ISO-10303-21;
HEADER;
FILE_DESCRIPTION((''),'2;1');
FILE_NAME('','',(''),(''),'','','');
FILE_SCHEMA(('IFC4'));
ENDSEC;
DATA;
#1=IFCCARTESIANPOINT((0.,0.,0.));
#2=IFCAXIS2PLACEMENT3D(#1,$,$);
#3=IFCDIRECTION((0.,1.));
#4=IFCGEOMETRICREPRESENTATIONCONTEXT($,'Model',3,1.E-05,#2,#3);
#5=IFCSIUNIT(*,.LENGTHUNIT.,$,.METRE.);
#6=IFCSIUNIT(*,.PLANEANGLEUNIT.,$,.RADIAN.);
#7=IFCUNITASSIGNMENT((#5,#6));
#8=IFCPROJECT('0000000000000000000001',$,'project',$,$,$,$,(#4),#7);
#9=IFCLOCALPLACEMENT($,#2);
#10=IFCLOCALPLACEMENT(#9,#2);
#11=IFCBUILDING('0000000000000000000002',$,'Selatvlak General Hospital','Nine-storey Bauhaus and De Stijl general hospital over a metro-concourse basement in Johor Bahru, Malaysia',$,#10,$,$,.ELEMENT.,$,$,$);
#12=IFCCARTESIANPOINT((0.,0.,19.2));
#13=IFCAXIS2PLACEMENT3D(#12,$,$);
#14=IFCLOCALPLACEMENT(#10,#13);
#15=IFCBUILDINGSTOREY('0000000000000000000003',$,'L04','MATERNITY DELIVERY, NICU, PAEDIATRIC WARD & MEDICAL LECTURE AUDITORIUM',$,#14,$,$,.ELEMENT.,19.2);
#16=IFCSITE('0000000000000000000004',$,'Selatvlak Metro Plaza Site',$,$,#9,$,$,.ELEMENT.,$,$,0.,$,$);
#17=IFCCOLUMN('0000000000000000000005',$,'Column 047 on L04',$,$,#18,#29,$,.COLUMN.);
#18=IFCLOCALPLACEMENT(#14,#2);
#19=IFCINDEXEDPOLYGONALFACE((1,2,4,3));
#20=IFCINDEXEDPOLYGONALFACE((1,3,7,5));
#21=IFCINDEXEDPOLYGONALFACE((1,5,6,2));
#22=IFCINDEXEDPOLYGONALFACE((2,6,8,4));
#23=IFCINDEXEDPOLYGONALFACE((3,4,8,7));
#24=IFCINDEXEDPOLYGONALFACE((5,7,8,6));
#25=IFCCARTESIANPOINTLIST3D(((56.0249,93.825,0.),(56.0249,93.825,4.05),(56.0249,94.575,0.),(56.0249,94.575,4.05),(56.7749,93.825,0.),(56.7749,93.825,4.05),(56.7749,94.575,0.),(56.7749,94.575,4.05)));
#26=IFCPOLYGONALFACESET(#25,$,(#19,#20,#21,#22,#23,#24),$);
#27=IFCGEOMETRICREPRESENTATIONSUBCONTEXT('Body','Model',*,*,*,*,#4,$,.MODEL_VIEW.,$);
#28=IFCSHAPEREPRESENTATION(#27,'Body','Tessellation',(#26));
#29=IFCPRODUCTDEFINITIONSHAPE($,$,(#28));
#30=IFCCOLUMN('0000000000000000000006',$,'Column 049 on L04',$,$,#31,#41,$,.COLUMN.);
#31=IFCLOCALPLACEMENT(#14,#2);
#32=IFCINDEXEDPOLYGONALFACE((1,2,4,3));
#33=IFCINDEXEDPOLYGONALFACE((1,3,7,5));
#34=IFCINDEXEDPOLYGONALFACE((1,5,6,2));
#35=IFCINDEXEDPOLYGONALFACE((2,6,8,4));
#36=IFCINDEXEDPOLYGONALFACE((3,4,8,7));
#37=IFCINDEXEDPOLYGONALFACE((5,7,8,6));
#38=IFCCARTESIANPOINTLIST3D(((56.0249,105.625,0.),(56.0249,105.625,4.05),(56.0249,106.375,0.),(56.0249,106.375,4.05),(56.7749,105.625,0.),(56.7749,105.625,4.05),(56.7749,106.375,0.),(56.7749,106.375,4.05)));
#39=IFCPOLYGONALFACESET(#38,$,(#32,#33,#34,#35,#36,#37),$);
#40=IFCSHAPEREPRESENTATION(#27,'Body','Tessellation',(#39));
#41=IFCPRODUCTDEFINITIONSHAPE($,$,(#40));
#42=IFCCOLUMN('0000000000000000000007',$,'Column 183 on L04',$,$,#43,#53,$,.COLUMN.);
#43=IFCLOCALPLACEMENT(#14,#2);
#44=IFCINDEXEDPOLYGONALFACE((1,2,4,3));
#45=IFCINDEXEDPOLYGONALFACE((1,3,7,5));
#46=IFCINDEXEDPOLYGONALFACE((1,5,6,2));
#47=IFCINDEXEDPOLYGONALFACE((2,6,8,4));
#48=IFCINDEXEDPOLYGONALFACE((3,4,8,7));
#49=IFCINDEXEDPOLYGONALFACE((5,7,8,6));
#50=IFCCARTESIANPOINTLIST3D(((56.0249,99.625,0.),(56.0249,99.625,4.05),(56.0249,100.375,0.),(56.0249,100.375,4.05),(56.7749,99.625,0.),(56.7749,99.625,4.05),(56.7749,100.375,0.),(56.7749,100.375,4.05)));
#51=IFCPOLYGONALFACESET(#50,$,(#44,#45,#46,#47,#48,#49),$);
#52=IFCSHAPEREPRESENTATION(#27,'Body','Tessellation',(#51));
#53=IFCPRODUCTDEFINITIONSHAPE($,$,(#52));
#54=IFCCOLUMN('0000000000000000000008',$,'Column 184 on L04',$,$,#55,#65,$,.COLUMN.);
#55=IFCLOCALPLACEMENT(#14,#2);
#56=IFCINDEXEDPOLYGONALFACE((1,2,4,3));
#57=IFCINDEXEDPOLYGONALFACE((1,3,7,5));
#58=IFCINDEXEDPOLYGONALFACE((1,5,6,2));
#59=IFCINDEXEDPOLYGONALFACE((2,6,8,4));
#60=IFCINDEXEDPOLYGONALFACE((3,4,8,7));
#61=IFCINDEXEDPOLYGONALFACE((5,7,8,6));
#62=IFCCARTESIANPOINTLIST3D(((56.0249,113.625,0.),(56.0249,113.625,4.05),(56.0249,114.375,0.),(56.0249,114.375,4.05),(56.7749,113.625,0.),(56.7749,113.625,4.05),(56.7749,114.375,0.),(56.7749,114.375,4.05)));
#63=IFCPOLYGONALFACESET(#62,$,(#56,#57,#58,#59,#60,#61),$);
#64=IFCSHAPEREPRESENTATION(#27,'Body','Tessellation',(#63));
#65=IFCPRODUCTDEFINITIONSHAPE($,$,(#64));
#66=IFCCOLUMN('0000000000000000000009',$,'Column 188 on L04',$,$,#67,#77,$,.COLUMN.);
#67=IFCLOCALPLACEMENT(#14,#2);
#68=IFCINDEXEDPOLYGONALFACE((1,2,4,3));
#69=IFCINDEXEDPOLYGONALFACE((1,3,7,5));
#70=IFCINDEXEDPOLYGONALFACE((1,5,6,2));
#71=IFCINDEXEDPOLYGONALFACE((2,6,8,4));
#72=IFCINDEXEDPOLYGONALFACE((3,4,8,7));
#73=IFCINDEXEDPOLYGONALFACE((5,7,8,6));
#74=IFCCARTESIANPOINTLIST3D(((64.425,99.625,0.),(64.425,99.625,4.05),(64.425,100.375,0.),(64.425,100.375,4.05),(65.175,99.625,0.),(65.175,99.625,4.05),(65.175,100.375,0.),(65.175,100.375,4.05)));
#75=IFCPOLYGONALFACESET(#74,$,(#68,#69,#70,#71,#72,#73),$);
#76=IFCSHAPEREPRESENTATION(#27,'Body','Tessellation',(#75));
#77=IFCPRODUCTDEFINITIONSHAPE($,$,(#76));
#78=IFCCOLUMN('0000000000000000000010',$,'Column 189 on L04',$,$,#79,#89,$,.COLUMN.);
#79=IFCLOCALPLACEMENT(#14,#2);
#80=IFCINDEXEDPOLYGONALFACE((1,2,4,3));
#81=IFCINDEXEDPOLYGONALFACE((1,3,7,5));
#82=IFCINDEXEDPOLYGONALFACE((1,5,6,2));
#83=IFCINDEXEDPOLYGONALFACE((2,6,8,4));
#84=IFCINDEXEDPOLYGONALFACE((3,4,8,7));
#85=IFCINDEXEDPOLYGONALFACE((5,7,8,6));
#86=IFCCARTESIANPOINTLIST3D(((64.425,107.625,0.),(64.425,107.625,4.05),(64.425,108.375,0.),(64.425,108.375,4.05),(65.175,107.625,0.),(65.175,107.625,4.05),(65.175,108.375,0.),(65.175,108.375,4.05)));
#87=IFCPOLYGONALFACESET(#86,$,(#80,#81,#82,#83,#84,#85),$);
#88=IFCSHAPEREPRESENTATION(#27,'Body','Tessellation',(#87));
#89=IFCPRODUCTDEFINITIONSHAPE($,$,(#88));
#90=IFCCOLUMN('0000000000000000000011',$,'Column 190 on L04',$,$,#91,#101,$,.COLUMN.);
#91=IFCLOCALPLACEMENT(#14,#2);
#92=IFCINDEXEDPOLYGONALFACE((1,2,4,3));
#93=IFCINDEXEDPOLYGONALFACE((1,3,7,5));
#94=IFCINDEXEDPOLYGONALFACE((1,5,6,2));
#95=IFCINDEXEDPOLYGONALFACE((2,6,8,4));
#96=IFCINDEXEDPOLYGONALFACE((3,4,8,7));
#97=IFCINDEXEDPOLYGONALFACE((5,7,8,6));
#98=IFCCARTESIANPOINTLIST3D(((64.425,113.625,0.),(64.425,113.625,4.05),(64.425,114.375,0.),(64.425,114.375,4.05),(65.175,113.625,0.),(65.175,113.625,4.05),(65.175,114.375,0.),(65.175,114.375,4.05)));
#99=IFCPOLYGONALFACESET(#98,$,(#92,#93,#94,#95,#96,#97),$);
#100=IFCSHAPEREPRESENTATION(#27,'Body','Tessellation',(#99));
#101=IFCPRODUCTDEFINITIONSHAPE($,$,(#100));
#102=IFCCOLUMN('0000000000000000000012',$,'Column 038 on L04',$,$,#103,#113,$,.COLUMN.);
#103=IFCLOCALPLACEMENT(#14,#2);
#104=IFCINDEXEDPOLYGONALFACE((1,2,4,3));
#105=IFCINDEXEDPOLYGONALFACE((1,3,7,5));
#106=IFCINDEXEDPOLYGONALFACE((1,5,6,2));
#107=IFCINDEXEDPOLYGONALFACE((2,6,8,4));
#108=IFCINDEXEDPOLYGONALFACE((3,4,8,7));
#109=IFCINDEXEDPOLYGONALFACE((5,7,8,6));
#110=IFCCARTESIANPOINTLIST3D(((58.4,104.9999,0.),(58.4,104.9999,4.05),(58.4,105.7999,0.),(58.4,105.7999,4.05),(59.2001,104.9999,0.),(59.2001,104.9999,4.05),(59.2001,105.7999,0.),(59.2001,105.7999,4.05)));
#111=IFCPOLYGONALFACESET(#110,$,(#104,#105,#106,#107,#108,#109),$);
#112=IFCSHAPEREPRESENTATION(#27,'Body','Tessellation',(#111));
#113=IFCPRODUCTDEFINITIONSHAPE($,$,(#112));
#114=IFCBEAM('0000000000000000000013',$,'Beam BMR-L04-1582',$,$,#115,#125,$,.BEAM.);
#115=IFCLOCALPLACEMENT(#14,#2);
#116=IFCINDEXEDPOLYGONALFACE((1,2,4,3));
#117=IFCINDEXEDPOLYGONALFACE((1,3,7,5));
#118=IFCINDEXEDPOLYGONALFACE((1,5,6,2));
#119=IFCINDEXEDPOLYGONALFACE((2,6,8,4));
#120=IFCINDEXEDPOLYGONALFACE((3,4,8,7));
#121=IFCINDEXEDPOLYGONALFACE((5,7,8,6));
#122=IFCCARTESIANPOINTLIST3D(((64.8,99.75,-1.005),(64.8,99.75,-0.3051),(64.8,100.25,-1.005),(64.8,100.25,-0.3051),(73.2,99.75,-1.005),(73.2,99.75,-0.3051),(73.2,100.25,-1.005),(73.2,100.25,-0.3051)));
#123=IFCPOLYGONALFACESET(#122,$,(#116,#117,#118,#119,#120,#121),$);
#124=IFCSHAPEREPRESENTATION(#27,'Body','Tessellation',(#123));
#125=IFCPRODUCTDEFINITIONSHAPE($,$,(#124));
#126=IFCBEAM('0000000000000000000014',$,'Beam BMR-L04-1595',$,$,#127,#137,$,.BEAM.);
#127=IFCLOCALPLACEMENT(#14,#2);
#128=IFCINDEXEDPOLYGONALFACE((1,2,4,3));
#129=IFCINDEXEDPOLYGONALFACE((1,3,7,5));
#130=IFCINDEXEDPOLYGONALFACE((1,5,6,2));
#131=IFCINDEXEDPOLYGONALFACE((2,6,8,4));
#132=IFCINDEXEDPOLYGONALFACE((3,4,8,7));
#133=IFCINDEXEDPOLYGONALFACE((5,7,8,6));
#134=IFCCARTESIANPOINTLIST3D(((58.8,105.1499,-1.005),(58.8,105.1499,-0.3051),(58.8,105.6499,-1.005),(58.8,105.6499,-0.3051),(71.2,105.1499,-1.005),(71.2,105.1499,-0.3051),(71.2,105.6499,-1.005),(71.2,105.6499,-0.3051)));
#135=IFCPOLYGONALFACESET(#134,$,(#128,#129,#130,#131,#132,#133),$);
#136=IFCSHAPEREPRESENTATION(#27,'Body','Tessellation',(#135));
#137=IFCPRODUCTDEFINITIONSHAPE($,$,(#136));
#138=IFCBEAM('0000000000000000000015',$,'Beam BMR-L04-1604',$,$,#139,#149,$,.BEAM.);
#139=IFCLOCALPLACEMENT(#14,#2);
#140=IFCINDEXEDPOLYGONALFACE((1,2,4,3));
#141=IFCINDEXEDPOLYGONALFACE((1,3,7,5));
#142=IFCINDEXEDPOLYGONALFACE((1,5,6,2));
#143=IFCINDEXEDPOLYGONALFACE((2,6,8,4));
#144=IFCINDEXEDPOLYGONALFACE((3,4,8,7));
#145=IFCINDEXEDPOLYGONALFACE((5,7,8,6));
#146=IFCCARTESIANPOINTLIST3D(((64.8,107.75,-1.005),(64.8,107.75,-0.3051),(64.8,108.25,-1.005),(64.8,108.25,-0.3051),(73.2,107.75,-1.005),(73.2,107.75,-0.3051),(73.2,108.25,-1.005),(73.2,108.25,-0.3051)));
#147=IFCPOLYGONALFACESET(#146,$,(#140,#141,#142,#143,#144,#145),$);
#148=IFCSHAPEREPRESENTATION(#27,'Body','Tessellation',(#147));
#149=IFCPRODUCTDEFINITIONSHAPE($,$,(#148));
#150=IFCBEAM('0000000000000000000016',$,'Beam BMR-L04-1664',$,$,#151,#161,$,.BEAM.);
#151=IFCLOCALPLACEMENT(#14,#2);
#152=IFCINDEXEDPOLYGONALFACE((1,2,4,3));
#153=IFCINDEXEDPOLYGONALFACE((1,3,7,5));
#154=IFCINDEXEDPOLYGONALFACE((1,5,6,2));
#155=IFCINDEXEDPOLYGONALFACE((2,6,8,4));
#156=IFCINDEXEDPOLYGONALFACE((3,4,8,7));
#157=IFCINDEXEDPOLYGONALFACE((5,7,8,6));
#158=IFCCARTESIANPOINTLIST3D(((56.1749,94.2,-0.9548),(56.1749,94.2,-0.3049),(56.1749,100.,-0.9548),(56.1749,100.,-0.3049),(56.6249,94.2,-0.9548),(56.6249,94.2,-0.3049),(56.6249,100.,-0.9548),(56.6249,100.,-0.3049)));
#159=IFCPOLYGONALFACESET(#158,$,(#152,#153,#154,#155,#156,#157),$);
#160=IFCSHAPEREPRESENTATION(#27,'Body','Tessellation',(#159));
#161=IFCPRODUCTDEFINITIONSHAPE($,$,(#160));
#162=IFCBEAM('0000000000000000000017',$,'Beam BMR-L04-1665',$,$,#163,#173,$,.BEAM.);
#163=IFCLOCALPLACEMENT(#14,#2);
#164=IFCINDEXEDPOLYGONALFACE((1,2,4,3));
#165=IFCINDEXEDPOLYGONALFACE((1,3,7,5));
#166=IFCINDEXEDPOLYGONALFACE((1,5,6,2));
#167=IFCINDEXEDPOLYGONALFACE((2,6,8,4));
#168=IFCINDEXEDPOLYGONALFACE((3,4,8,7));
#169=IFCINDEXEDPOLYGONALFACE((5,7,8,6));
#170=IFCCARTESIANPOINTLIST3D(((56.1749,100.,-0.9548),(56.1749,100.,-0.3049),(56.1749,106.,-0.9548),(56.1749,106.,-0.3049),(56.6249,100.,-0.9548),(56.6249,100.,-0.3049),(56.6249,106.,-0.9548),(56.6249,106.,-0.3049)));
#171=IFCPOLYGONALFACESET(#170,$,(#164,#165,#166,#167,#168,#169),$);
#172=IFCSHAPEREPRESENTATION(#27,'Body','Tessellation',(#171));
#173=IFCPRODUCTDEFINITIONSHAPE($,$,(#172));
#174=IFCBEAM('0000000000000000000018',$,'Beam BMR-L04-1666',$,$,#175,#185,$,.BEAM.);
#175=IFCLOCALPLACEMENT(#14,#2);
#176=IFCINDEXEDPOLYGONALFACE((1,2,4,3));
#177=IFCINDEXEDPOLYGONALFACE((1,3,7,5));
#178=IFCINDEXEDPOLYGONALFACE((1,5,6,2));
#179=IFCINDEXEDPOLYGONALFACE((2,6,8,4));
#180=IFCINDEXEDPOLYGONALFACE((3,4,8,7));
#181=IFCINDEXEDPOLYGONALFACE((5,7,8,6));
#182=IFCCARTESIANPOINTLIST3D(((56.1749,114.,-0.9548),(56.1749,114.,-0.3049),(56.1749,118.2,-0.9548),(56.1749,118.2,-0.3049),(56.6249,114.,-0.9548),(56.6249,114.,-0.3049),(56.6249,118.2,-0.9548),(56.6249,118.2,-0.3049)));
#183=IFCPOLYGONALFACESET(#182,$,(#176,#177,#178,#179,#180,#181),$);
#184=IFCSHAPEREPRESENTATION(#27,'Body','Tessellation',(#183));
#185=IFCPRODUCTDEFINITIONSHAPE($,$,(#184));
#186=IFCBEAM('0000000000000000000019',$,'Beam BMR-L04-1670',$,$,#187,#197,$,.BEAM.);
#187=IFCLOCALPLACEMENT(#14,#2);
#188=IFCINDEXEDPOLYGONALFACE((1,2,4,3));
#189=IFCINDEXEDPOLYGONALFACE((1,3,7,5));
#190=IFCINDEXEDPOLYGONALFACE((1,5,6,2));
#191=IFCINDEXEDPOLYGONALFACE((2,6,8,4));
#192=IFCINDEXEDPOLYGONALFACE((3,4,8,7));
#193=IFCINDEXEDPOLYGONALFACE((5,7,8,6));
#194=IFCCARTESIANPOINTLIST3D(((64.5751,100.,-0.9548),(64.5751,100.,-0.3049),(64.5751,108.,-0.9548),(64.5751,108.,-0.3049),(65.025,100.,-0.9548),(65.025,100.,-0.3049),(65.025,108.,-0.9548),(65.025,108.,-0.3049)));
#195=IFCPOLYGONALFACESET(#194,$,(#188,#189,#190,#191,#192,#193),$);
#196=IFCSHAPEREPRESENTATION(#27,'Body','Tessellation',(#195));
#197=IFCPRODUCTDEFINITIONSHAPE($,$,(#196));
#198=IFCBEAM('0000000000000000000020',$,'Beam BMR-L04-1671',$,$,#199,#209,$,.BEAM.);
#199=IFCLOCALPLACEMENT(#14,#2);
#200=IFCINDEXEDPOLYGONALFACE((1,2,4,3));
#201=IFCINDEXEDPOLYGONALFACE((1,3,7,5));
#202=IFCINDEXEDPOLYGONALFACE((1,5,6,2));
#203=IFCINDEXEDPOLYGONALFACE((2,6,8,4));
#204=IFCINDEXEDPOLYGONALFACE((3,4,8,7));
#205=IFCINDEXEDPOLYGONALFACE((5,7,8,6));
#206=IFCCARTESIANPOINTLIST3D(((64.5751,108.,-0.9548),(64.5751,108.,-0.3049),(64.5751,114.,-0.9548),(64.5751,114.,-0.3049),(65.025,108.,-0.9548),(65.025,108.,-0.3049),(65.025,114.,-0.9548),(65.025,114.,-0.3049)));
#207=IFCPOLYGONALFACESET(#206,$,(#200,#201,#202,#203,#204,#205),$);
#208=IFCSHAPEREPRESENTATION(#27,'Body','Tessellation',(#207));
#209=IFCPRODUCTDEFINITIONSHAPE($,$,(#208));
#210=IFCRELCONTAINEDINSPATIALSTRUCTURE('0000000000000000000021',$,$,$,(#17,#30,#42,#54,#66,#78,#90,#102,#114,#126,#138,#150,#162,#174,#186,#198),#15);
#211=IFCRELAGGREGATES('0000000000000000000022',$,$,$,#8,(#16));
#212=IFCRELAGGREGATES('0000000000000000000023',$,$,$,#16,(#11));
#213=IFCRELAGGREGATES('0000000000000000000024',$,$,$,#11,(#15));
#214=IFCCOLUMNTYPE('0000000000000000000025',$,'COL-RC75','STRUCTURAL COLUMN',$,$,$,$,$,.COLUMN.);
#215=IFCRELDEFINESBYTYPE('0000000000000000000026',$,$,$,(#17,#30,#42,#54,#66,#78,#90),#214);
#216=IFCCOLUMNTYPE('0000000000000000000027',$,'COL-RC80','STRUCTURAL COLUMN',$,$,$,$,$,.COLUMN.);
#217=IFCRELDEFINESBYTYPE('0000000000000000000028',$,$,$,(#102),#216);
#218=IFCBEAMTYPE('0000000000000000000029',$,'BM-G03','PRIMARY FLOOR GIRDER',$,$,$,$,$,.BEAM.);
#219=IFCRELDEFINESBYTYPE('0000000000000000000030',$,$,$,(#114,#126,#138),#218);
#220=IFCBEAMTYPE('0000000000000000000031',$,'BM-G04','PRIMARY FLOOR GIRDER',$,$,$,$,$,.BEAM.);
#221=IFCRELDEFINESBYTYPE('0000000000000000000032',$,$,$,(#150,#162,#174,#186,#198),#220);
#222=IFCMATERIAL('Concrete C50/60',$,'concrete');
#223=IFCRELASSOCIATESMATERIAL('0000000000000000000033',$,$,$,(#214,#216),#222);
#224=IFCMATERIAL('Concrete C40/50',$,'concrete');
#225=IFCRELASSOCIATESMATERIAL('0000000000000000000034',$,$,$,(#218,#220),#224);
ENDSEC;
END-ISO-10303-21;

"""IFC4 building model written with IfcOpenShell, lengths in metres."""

from ifc_helpers import new_model, si_unit, direction, frame, origin, origin_2d, place, context, subcontext, project, spatial, rectangle, extrude, material, material_profile, profile_set, type_object, element, save


model = new_model("IFC4")

# Units and contexts
model_context = context("Model", 3, precision=1e-05, world=origin(), true_north=direction((0.0, 1.0)))
body_context = subcontext(model_context, "Body", "Model", "MODEL_VIEW")
ifc_project = project(units=[si_unit("LENGTHUNIT", "METRE"), si_unit("PLANEANGLEUNIT", "RADIAN")], contexts=[model_context])

# Site, building, storey
site_placement = place(None, origin())
site = spatial("IfcSite", under=ifc_project, at=site_placement, Name="Selatvlak Metro Plaza Site", CompositionType="ELEMENT", RefElevation=0.0)
building_placement = place(site_placement, origin())
building = spatial("IfcBuilding", under=site, at=building_placement, Name="Selatvlak General Hospital", Description="Nine-storey Bauhaus and De Stijl general hospital over a metro-concourse basement in Johor Bahru, Malaysia", CompositionType="ELEMENT")
storey_placement = place(building_placement, frame((0.0, 0.0, 19.2)))
storey = spatial("IfcBuildingStorey", under=building, at=storey_placement, Name="L04", Description="MATERNITY DELIVERY, NICU, PAEDIATRIC WARD & MEDICAL LECTURE AUDITORIUM", CompositionType="ELEMENT", Elevation=19.2)

# Columns
ifc_material_1 = material(Name="Concrete C50/60", Category="concrete")
ifc_material_profile_1 = material_profile(ifc_material_1, rectangle(XDim=0.75, YDim=0.75, at=origin_2d()), Name="RC-COL 750x750")
ifc_profile_set_1 = profile_set([ifc_material_profile_1], Name="Concrete C50/60")
column_type_1 = type_object("IfcColumnType", Name="COL-RC75", Description="STRUCTURAL COLUMN", PredefinedType="COLUMN", material=ifc_profile_set_1)
for number, where, z_axis, x_axis, name in (
    (1, (56.3999, 94.2, 0.0), (0.0, 0.0, 1.0), (1.0, 0.0, 0.0), "Column 047 on L04"),
    (2, (56.3999, 106.0, 0.0), (0.0, 0.0, 1.0), (1.0, 0.0, 0.0), "Column 049 on L04"),
    (3, (56.3999, 100.0, 0.0), (0.0, 0.0, 1.0), (1.0, 0.0, 0.0), "Column 183 on L04"),
    (4, (56.3999, 114.0, 0.0), (0.0, 0.0, 1.0), (1.0, 0.0, 0.0), "Column 184 on L04"),
    (5, (64.8, 100.0, 0.0), (0.0, 0.0, 1.0), (1.0, 0.0, 0.0), "Column 188 on L04"),
    (6, (64.8, 108.0, 0.0), (0.0, 0.0, 1.0), (1.0, 0.0, 0.0), "Column 189 on L04"),
    (7, (64.8, 114.0, 0.0), (0.0, 0.0, 1.0), (1.0, 0.0, 0.0), "Column 190 on L04"),
):
    element("IfcColumn", number, at=place(storey_placement, frame(where, z_axis=z_axis, x_axis=x_axis)), inside=storey, type_object=column_type_1, Name=name, PredefinedType="COLUMN", context=body_context, shape_type="SweptSolid", body=[
        extrude(rectangle(XDim=0.75, YDim=0.75, at=origin_2d()), origin(), (0.0, 0.0, 1.0), 4.05),
    ])
ifc_material_profile_2 = material_profile(ifc_material_1, rectangle(XDim=0.8, YDim=0.8, at=origin_2d()), Name="RC-COL 800x800")
ifc_profile_set_2 = profile_set([ifc_material_profile_2], Name="Concrete C50/60")
column_type_2 = type_object("IfcColumnType", Name="COL-RC80", Description="STRUCTURAL COLUMN", PredefinedType="COLUMN", material=ifc_profile_set_2)
column_placement = place(storey_placement, frame((58.8, 105.3999, 0.0), z_axis=(0.0, 0.0, 1.0), x_axis=(1.0, 0.0, 0.0)))
element("IfcColumn", 8, at=column_placement, inside=storey, type_object=column_type_2, Name="Column 038 on L04", PredefinedType="COLUMN", context=body_context, shape_type="SweptSolid", body=[
    extrude(rectangle(XDim=0.8, YDim=0.8, at=origin_2d()), origin(), (0.0, 0.0, 1.0), 4.05),
])

# Beams
ifc_material_2 = material(Name="Concrete C40/50", Category="concrete")
ifc_material_profile_3 = material_profile(ifc_material_2, rectangle(XDim=0.5, YDim=0.7, at=origin_2d()), Name="RC-BM 500x700")
ifc_profile_set_3 = profile_set([ifc_material_profile_3], Name="Concrete C40/50")
beam_type_1 = type_object("IfcBeamType", Name="BM-G03", Description="PRIMARY FLOOR GIRDER", PredefinedType="BEAM", material=ifc_profile_set_3)
beam_1_placement = place(storey_placement, frame((64.8, 100.0, -0.655), z_axis=(1.0, 0.0, 0.0), x_axis=(0.0, 1.0, 0.0)))
element("IfcBeam", 9, at=beam_1_placement, inside=storey, type_object=beam_type_1, Name="Beam BMR-L04-1582", PredefinedType="BEAM", context=body_context, shape_type="SweptSolid", body=[
    extrude(rectangle(XDim=0.5, YDim=0.7, at=origin_2d()), origin(), (0.0, 0.0, 1.0), 8.3999),
])
beam_2_placement = place(storey_placement, frame((58.8, 105.3999, -0.655), z_axis=(1.0, 0.0, 0.0), x_axis=(0.0, 1.0, 0.0)))
element("IfcBeam", 10, at=beam_2_placement, inside=storey, type_object=beam_type_1, Name="Beam BMR-L04-1595", PredefinedType="BEAM", context=body_context, shape_type="SweptSolid", body=[
    extrude(rectangle(XDim=0.5, YDim=0.7, at=origin_2d()), origin(), (0.0, 0.0, 1.0), 12.3999),
])
beam_3_placement = place(storey_placement, frame((64.8, 108.0, -0.655), z_axis=(1.0, 0.0, 0.0), x_axis=(0.0, 1.0, 0.0)))
element("IfcBeam", 11, at=beam_3_placement, inside=storey, type_object=beam_type_1, Name="Beam BMR-L04-1604", PredefinedType="BEAM", context=body_context, shape_type="SweptSolid", body=[
    extrude(rectangle(XDim=0.5, YDim=0.7, at=origin_2d()), origin(), (0.0, 0.0, 1.0), 8.3999),
])
ifc_material_profile_4 = material_profile(ifc_material_2, rectangle(XDim=0.45, YDim=0.6499, at=origin_2d()), Name="RC-BM 450x650")
ifc_profile_set_4 = profile_set([ifc_material_profile_4], Name="Concrete C40/50")
beam_type_2 = type_object("IfcBeamType", Name="BM-G04", Description="PRIMARY FLOOR GIRDER", PredefinedType="BEAM", material=ifc_profile_set_4)
beam_4_placement = place(storey_placement, frame((56.3999, 94.2, -0.6299), z_axis=(0.0, 1.0, 0.0), x_axis=(-1.0, 0.0, 0.0)))
element("IfcBeam", 12, at=beam_4_placement, inside=storey, type_object=beam_type_2, Name="Beam BMR-L04-1664", PredefinedType="BEAM", context=body_context, shape_type="SweptSolid", body=[
    extrude(rectangle(XDim=0.45, YDim=0.6499, at=origin_2d()), origin(), (0.0, 0.0, 1.0), 5.8),
])
beam_5_placement = place(storey_placement, frame((56.3999, 100.0, -0.6299), z_axis=(0.0, 1.0, 0.0), x_axis=(-1.0, 0.0, 0.0)))
element("IfcBeam", 13, at=beam_5_placement, inside=storey, type_object=beam_type_2, Name="Beam BMR-L04-1665", PredefinedType="BEAM", context=body_context, shape_type="SweptSolid", body=[
    extrude(rectangle(XDim=0.45, YDim=0.6499, at=origin_2d()), origin(), (0.0, 0.0, 1.0), 6.0),
])
beam_6_placement = place(storey_placement, frame((56.3999, 114.0, -0.6299), z_axis=(0.0, 1.0, 0.0), x_axis=(-1.0, 0.0, 0.0)))
element("IfcBeam", 14, at=beam_6_placement, inside=storey, type_object=beam_type_2, Name="Beam BMR-L04-1666", PredefinedType="BEAM", context=body_context, shape_type="SweptSolid", body=[
    extrude(rectangle(XDim=0.45, YDim=0.6499, at=origin_2d()), origin(), (0.0, 0.0, 1.0), 4.2),
])
beam_7_placement = place(storey_placement, frame((64.8, 100.0, -0.6299), z_axis=(0.0, 1.0, 0.0), x_axis=(-1.0, 0.0, 0.0)))
element("IfcBeam", 15, at=beam_7_placement, inside=storey, type_object=beam_type_2, Name="Beam BMR-L04-1670", PredefinedType="BEAM", context=body_context, shape_type="SweptSolid", body=[
    extrude(rectangle(XDim=0.45, YDim=0.6499, at=origin_2d()), origin(), (0.0, 0.0, 1.0), 8.0),
])
beam_8_placement = place(storey_placement, frame((64.8, 108.0, -0.6299), z_axis=(0.0, 1.0, 0.0), x_axis=(-1.0, 0.0, 0.0)))
element("IfcBeam", 16, at=beam_8_placement, inside=storey, type_object=beam_type_2, Name="Beam BMR-L04-1671", PredefinedType="BEAM", context=body_context, shape_type="SweptSolid", body=[
    extrude(rectangle(XDim=0.45, YDim=0.6499, at=origin_2d()), origin(), (0.0, 0.0, 1.0), 6.0),
])

save(model, "model.ifc")
